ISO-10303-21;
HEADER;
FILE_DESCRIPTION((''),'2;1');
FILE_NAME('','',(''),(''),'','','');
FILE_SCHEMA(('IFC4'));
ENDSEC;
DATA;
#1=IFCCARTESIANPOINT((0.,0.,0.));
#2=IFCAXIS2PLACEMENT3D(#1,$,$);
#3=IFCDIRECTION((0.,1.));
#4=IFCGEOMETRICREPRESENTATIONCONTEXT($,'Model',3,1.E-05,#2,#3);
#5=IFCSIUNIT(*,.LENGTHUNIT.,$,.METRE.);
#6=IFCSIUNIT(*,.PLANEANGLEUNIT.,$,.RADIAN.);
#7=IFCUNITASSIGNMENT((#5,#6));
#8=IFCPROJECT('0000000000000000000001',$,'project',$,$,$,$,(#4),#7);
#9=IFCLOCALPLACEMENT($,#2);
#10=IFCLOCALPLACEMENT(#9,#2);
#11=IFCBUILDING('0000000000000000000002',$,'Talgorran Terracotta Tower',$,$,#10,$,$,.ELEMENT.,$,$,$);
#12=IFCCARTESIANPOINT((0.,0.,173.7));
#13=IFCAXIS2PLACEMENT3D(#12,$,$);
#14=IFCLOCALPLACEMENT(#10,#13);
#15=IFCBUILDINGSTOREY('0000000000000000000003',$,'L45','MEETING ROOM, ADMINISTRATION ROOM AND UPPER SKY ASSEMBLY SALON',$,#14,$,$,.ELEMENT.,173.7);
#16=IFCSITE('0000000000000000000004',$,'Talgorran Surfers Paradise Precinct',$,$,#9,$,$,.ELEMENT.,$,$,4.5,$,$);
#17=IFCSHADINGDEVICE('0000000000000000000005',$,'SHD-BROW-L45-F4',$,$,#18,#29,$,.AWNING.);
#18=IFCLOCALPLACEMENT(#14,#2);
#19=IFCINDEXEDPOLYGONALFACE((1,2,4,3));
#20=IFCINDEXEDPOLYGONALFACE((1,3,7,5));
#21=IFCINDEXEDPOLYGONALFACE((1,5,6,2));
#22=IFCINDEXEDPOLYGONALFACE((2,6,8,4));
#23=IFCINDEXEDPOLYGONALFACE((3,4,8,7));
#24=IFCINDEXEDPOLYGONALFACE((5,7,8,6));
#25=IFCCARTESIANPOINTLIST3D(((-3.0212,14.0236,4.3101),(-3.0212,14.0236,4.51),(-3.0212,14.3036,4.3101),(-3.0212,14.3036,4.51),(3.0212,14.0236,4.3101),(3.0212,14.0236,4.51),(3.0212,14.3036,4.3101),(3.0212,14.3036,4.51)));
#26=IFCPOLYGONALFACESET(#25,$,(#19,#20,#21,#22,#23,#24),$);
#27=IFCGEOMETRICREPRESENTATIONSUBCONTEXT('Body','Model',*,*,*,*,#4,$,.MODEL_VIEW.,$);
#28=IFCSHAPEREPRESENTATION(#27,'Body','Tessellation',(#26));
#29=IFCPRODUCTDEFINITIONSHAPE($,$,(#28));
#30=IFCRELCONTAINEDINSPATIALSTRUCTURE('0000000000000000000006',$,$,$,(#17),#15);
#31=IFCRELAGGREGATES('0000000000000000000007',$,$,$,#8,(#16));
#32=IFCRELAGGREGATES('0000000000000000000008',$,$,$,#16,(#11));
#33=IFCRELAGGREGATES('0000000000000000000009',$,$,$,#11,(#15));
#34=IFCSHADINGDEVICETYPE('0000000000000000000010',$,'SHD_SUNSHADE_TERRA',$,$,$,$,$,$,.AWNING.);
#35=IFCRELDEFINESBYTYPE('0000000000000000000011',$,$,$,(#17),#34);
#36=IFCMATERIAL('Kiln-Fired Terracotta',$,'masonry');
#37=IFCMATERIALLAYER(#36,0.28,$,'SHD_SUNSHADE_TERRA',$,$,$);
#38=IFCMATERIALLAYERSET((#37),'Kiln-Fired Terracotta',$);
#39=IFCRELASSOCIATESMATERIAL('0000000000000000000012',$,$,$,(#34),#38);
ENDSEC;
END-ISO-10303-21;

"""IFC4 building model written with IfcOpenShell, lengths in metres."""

from ifc_helpers import new_model, si_unit, direction, frame, origin, origin_2d, place, context, subcontext, project, spatial, rectangle, extrude, source, transform, mapped, material, layer, layer_set, type_object, type_shapes, element, save


model = new_model("IFC4")

# Units and contexts
model_context = context("Model", 3, precision=1e-05, world=origin(), true_north=direction((0.0, 1.0)))
body_context = subcontext(model_context, "Body", "Model", "MODEL_VIEW")
ifc_project = project(units=[si_unit("LENGTHUNIT", "METRE"), si_unit("PLANEANGLEUNIT", "RADIAN")], contexts=[model_context])

# Site, building, storey
site_placement = place(None, origin())
site = spatial("IfcSite", under=ifc_project, at=site_placement, Name="Talgorran Surfers Paradise Precinct", CompositionType="ELEMENT", RefElevation=4.5)
building_placement = place(site_placement, origin())
building = spatial("IfcBuilding", under=site, at=building_placement, Name="Talgorran Terracotta Tower", CompositionType="ELEMENT")
storey_placement = place(building_placement, frame((0.0, 0.0, 173.7)))
storey = spatial("IfcBuildingStorey", under=building, at=storey_placement, Name="L45", Description="MEETING ROOM, ADMINISTRATION ROOM AND UPPER SKY ASSEMBLY SALON", CompositionType="ELEMENT", Elevation=173.7)

# Shading device
ifc_material_1 = material(Name="Kiln-Fired Terracotta", Category="masonry")
ifc_layer_1 = layer(ifc_material_1, 0.28, Name="SHD_SUNSHADE_TERRA")
ifc_layer_set_1 = layer_set([ifc_layer_1], Name="Kiln-Fired Terracotta")
shading_device_type = type_object("IfcShadingDeviceType", Name="SHD_SUNSHADE_TERRA", PredefinedType="AWNING", material=ifc_layer_set_1)
shared_shape_1 = source(origin(), body_context, "Body", "SweptSolid", [
    extrude(rectangle(XDim=6.0425, YDim=0.28, at=origin_2d()), origin(), (0.0, 0.0, 1.0), 0.2),
])
type_shapes(shading_device_type, [shared_shape_1])
shading_device_placement = place(storey_placement, frame((0.0, 14.1636, 4.3101), z_axis=(0.0, 0.0, 1.0), x_axis=(-1.0, 0.0, 0.0)))
element("IfcShadingDevice", 1, at=shading_device_placement, inside=storey, type_object=shading_device_type, Name="SHD-BROW-L45-F4", PredefinedType="AWNING", context=body_context, shape_type="MappedRepresentation", body=[
    mapped(shared_shape_1, transform((0.0, 0.0, 0.0), scale=1.0)),
])

save(model, "model.ifc")
